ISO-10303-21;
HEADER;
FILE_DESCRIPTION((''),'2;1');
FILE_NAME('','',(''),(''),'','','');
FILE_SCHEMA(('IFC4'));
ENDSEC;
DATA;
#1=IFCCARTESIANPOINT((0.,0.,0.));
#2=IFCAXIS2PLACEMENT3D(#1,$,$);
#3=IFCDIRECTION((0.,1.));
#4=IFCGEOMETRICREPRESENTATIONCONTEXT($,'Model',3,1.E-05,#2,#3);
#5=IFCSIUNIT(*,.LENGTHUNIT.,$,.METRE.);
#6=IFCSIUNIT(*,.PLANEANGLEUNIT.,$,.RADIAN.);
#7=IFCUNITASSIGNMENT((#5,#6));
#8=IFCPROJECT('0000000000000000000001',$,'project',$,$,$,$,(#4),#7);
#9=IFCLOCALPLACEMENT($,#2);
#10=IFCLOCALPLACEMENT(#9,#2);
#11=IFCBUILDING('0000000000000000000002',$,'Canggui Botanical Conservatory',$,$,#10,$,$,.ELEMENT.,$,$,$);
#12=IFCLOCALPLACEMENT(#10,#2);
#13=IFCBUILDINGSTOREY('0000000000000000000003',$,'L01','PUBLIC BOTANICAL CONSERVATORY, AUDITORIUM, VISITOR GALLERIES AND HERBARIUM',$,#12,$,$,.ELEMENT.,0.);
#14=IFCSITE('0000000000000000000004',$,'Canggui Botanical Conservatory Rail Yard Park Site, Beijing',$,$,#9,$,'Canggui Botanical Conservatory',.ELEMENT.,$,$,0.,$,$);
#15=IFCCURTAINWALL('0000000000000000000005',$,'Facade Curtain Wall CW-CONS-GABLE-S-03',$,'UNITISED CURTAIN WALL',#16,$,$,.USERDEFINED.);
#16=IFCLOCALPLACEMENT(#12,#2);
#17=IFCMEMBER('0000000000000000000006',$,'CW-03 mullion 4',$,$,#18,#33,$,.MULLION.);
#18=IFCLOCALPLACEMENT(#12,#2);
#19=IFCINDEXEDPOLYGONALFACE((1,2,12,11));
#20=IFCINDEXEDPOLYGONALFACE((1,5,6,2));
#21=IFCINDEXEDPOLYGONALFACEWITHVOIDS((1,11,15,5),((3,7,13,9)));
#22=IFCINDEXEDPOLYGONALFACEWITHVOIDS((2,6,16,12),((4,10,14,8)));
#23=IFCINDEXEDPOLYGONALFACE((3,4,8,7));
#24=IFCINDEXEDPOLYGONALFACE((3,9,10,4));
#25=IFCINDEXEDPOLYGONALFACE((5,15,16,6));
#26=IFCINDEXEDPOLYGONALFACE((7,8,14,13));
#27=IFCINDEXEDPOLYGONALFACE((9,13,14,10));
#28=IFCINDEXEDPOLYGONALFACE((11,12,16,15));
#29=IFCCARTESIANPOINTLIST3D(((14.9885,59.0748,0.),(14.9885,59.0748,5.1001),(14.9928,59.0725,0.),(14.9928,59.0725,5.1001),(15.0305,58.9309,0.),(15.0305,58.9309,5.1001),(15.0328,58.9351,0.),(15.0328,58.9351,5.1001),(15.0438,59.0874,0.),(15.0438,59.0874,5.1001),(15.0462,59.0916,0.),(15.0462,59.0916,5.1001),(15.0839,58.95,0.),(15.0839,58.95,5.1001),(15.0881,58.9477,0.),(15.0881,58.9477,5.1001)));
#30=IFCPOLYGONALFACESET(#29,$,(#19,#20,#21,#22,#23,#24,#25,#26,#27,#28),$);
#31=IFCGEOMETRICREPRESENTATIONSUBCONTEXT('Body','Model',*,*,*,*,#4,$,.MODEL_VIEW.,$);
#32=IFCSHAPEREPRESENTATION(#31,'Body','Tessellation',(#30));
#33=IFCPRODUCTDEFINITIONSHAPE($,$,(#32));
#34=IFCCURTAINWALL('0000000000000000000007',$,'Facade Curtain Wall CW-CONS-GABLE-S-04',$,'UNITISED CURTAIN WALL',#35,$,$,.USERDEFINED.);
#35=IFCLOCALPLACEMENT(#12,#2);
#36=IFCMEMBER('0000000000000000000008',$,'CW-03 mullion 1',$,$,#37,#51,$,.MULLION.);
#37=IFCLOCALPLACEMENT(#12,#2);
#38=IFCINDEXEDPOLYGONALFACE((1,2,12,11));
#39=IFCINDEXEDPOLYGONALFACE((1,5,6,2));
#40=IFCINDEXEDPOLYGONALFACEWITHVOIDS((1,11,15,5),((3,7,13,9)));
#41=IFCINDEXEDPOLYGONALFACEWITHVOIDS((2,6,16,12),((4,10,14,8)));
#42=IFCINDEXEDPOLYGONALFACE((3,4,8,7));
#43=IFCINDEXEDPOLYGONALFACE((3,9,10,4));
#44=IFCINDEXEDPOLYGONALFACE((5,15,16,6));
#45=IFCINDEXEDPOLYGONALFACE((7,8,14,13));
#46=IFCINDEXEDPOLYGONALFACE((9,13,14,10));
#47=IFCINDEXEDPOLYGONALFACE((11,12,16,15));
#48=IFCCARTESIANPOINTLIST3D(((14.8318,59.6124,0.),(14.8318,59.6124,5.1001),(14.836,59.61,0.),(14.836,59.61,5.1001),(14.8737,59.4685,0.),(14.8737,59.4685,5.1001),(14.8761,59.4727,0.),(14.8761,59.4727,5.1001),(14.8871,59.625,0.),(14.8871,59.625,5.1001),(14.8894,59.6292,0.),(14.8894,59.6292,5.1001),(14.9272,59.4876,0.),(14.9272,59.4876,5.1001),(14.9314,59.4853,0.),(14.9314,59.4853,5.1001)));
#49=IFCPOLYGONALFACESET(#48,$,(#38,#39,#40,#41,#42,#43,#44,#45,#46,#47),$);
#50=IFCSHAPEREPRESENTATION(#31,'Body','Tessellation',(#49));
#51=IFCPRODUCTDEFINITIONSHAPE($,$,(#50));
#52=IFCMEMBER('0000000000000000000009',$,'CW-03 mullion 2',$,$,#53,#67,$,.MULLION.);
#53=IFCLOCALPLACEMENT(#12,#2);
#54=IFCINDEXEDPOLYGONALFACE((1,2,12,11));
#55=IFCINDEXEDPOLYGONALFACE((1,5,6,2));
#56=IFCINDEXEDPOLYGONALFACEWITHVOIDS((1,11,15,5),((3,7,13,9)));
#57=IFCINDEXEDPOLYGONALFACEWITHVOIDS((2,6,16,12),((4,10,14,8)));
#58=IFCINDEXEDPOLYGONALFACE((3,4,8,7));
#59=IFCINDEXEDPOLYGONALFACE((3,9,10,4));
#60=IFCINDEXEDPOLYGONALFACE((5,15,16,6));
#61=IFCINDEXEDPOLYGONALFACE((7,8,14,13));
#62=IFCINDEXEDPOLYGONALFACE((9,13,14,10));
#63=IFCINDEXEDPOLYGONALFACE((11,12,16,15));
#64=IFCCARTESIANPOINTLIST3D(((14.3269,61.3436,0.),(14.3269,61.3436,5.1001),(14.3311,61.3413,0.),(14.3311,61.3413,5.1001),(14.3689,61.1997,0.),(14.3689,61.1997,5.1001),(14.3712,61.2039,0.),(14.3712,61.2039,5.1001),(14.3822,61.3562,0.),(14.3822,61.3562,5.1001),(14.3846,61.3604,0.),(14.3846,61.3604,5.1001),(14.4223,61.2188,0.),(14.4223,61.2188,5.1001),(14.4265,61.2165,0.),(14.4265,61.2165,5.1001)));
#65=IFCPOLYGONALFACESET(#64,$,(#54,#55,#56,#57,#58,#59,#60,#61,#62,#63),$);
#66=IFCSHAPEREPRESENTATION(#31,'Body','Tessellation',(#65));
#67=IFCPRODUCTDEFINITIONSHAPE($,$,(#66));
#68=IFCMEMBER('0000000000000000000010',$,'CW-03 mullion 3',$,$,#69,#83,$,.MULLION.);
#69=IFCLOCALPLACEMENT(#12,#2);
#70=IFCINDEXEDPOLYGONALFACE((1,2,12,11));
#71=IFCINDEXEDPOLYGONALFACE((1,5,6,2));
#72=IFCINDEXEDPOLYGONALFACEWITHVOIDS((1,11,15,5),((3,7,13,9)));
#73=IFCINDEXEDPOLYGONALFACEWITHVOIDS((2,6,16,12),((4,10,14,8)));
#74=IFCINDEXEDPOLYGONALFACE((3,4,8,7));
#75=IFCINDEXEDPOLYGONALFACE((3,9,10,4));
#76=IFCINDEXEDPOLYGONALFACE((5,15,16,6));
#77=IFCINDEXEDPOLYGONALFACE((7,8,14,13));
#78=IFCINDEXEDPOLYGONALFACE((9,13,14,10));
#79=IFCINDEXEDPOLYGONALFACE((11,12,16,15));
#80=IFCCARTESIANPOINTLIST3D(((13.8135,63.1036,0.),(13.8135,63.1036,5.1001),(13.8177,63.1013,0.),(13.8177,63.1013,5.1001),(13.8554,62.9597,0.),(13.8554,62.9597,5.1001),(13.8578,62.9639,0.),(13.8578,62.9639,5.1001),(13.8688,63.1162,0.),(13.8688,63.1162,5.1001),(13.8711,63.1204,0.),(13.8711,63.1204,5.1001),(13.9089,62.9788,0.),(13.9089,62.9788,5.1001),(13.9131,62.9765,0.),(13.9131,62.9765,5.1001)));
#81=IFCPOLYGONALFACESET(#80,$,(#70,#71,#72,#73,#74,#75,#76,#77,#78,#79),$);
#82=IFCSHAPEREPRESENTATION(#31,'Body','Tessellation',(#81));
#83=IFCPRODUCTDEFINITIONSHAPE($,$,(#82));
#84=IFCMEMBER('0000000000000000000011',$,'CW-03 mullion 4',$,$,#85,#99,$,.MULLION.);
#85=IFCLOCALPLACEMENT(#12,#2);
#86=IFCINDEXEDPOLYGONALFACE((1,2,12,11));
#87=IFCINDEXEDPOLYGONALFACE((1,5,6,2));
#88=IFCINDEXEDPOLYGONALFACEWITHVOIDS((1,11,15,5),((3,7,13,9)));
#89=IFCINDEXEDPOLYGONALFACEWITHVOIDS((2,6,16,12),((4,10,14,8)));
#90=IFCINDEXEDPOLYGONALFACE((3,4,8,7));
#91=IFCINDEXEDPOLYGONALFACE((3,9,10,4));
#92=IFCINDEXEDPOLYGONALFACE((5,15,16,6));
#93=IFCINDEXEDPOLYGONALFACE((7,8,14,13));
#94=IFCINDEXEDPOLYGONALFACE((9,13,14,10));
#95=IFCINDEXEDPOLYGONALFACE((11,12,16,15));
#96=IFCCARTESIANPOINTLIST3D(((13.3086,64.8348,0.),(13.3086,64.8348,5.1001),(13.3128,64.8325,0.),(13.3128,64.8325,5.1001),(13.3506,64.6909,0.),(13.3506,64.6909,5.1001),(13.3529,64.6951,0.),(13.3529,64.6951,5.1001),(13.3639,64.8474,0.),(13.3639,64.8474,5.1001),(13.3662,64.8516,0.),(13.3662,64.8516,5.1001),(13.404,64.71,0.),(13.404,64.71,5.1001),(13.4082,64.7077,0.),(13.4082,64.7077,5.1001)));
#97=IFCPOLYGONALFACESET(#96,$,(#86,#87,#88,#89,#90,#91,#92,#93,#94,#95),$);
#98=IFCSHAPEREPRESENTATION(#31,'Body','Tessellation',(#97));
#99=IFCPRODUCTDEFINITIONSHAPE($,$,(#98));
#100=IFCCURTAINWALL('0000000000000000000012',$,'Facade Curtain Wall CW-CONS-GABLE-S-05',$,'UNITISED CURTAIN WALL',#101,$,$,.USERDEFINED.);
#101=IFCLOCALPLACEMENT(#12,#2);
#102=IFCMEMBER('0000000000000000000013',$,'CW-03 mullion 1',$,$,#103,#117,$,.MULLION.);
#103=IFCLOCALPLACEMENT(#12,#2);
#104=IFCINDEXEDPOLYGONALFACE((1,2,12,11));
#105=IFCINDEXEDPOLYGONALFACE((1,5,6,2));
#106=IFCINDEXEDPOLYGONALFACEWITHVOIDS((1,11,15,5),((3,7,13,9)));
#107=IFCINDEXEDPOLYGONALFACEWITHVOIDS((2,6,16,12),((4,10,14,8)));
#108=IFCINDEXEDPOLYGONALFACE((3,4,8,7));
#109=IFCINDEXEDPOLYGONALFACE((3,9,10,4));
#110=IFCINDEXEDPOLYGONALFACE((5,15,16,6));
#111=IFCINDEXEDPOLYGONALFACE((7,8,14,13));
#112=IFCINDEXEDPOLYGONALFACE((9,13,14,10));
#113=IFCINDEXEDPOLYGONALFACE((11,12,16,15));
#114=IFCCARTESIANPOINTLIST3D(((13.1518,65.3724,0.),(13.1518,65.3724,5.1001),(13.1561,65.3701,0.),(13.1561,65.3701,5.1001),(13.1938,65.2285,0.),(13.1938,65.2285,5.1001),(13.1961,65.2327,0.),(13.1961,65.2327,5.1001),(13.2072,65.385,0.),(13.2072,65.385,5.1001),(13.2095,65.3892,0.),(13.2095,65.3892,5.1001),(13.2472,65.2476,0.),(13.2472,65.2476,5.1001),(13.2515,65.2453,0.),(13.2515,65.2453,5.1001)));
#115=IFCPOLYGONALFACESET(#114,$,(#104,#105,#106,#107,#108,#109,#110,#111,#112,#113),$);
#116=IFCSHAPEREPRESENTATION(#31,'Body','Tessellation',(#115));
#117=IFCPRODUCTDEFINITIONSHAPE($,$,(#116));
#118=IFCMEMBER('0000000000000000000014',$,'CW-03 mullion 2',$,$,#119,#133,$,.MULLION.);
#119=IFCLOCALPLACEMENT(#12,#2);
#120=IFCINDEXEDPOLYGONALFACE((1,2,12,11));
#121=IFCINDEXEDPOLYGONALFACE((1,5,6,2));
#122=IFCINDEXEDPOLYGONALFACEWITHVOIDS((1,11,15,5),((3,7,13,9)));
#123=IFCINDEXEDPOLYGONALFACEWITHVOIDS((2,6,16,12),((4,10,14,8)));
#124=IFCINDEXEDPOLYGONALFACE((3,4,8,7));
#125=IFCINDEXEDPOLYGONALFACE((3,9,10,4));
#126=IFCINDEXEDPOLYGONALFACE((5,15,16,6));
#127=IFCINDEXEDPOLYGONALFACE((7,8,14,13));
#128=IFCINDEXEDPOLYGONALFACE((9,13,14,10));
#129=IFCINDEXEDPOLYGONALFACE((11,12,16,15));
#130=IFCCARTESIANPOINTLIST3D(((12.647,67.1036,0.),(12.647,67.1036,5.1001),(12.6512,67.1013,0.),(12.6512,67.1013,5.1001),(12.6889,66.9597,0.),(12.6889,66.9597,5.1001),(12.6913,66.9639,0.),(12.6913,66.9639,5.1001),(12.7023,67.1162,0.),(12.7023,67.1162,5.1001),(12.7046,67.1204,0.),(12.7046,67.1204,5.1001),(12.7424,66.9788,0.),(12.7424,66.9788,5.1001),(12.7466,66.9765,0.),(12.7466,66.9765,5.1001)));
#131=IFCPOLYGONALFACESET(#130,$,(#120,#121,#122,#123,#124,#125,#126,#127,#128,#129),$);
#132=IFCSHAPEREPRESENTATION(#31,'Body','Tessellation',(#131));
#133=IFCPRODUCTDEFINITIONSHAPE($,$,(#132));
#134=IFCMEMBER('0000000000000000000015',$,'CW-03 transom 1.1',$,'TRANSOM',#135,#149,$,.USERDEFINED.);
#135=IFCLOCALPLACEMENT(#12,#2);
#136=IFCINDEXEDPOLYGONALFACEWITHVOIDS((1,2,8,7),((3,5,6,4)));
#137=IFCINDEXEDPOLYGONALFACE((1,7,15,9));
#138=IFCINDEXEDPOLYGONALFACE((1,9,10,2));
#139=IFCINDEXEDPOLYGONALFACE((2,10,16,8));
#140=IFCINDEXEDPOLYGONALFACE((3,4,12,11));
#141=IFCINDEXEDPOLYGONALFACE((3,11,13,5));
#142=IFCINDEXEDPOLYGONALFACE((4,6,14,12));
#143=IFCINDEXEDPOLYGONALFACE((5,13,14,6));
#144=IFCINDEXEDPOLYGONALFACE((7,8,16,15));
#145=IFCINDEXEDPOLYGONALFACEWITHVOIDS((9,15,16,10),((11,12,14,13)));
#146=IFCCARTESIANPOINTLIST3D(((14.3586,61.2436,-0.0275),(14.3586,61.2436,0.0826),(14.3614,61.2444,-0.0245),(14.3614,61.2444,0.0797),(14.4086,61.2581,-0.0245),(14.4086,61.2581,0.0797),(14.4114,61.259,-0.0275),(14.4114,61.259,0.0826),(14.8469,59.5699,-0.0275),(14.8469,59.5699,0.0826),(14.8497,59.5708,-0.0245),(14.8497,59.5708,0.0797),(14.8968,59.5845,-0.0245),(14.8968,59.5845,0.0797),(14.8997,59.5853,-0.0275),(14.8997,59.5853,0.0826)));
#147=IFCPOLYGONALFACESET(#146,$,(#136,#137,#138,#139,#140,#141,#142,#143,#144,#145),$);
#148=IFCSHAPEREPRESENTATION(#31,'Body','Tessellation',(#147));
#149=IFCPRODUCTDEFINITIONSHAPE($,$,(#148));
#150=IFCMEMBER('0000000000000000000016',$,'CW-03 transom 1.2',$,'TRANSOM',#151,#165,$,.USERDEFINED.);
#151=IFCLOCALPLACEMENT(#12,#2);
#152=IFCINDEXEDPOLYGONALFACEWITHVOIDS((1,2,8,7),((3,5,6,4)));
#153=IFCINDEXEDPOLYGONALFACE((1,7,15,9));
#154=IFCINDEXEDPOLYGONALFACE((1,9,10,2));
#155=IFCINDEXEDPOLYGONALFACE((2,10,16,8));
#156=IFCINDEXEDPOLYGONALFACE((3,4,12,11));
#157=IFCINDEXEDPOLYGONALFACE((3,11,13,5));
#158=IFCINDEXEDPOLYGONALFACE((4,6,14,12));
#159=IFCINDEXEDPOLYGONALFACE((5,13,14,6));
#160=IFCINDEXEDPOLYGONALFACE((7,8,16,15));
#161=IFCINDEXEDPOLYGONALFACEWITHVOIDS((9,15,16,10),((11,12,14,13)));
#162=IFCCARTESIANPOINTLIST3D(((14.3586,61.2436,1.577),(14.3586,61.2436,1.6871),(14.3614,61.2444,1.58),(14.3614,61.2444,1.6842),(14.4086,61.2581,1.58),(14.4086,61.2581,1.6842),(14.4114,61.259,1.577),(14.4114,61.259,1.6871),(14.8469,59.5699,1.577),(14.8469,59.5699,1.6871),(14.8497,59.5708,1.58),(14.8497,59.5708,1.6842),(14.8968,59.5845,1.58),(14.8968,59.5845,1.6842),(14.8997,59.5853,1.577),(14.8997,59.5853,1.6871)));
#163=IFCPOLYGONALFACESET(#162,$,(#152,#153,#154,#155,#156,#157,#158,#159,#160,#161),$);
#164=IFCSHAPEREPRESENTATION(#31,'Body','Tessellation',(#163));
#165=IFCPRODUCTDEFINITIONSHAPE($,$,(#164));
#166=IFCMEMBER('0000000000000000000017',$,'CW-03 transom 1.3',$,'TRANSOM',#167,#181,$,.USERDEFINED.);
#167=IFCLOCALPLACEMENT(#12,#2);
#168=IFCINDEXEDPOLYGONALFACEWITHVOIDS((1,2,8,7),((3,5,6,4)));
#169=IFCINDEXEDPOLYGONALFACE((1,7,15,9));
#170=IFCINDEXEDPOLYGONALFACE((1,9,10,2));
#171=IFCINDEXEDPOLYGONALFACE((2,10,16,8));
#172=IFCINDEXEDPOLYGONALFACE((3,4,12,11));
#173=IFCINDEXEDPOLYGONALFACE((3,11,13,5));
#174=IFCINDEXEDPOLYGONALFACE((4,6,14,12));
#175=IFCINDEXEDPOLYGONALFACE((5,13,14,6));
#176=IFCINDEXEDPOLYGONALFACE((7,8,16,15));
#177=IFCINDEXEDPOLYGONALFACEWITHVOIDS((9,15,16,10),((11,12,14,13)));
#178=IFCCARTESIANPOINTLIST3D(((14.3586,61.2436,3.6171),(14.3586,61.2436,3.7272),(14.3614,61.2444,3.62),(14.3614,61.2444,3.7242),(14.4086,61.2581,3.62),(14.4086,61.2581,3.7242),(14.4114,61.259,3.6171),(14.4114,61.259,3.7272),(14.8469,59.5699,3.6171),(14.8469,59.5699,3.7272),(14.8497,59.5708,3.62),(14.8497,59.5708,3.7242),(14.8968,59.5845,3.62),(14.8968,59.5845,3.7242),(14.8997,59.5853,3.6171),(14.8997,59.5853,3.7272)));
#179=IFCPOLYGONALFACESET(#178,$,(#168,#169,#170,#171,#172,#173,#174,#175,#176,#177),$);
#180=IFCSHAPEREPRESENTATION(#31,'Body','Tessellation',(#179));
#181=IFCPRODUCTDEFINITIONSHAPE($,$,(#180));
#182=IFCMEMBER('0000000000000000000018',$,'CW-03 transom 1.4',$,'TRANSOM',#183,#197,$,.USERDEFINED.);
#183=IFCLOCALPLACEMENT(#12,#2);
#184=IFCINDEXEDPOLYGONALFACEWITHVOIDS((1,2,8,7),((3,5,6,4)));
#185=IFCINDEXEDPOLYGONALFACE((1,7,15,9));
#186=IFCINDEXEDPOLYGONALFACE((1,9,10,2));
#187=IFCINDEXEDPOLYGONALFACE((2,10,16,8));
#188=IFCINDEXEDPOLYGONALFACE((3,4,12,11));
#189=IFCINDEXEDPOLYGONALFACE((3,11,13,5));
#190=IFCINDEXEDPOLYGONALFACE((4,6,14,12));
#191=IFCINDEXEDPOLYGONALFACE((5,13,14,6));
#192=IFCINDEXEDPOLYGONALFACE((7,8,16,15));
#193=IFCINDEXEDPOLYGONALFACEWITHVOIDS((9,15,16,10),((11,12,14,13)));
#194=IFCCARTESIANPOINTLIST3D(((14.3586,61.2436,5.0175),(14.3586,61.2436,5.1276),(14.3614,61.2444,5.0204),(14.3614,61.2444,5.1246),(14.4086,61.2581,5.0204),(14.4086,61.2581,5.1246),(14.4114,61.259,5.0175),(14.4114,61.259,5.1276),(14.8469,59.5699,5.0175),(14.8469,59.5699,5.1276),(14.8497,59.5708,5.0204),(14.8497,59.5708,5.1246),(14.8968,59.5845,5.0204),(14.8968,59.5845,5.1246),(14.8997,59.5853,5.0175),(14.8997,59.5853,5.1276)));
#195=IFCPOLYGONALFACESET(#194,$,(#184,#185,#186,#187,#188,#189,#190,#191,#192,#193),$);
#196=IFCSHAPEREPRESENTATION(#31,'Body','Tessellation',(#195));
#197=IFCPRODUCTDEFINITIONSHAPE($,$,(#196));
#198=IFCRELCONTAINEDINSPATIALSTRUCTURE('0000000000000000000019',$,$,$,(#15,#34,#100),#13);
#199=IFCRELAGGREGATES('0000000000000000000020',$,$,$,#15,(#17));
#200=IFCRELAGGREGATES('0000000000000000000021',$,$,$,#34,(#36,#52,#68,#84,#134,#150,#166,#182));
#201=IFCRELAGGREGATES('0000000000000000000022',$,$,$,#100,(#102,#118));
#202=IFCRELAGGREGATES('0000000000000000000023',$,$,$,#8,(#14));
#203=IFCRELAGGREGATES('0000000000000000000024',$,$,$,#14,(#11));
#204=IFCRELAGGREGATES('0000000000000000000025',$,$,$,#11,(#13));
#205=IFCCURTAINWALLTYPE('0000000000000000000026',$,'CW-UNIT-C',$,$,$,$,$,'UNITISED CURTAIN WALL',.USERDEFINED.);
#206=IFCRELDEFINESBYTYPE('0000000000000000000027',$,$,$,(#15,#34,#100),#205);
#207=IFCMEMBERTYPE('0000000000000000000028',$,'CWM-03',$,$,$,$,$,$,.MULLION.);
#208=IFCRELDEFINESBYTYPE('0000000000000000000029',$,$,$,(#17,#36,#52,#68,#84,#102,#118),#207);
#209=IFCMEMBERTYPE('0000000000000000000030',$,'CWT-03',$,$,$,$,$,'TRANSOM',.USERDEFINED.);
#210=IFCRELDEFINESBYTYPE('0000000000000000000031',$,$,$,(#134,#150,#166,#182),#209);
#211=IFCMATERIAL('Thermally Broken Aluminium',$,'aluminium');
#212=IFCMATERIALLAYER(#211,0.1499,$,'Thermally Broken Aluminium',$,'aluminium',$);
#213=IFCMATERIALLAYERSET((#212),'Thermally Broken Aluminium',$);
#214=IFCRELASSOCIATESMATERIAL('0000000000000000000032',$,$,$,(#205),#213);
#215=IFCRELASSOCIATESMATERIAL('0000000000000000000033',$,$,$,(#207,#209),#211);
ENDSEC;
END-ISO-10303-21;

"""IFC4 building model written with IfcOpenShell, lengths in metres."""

from ifc_helpers import new_model, si_unit, direction, frame, origin, origin_2d, place, context, subcontext, project, spatial, hollow_rectangle, extrude, material, layer, layer_set, material_profile, profile_set, type_object, element, aggregate, save


model = new_model("IFC4")

# Units and contexts
model_context = context("Model", 3, precision=1e-05, world=origin(), true_north=direction((0.0, 1.0)))
body_context = subcontext(model_context, "Body", "Model", "MODEL_VIEW")
ifc_project = project(units=[si_unit("LENGTHUNIT", "METRE"), si_unit("PLANEANGLEUNIT", "RADIAN")], contexts=[model_context])

# Site, building, storey
site_placement = place(None, origin())
site = spatial("IfcSite", under=ifc_project, at=site_placement, Name="Canggui Botanical Conservatory Rail Yard Park Site, Beijing", LongName="Canggui Botanical Conservatory", CompositionType="ELEMENT", RefElevation=0.0)
building_placement = place(site_placement, origin())
building = spatial("IfcBuilding", under=site, at=building_placement, Name="Canggui Botanical Conservatory", CompositionType="ELEMENT")
storey_placement = place(building_placement, origin())
storey = spatial("IfcBuildingStorey", under=building, at=storey_placement, Name="L01", Description="PUBLIC BOTANICAL CONSERVATORY, AUDITORIUM, VISITOR GALLERIES AND HERBARIUM", CompositionType="ELEMENT", Elevation=0.0)

# Curtain wall, member
ifc_material_1 = material(Name="Thermally Broken Aluminium", Category="aluminium")
ifc_layer_1 = layer(ifc_material_1, 0.1499, Name="Thermally Broken Aluminium", Category="aluminium")
ifc_layer_set_1 = layer_set([ifc_layer_1], Name="Thermally Broken Aluminium")
curtain_wall_type = type_object("IfcCurtainWallType", Name="CW-UNIT-C", ElementType="UNITISED CURTAIN WALL", PredefinedType="USERDEFINED", material=ifc_layer_set_1)
curtain_wall_1_placement = place(storey_placement, origin())
curtain_wall_1 = element("IfcCurtainWall", 1, at=curtain_wall_1_placement, inside=storey, type_object=curtain_wall_type, Name="Facade Curtain Wall CW-CONS-GABLE-S-03", ObjectType="UNITISED CURTAIN WALL", PredefinedType="USERDEFINED")
ifc_material_profile_1 = material_profile(ifc_material_1, hollow_rectangle(XDim=0.0601, YDim=0.1499, WallThickness=0.0034, at=origin_2d()), Name="CWM 60x150x3.5")
ifc_profile_set_1 = profile_set([ifc_material_profile_1], Name="Thermally Broken Aluminium")
member_type_1 = type_object("IfcMemberType", Name="CWM-03", PredefinedType="MULLION", material=ifc_profile_set_1)
member_1_placement = place(storey_placement, frame((15.0383, 59.0112, 0.0), z_axis=(0.0, 0.0, 1.0), x_axis=(-0.96, -0.28, 0.0)))
member_1 = element("IfcMember", 2, at=member_1_placement, type_object=member_type_1, Name="CW-03 mullion 4", PredefinedType="MULLION", context=body_context, shape_type="SweptSolid", body=[
    extrude(hollow_rectangle(XDim=0.0601, YDim=0.1499, WallThickness=0.0034, at=origin_2d()), origin(), (0.0, 0.0, 1.0), 5.1001),
])
aggregate(curtain_wall_1, [member_1])

# Curtain walls, members
curtain_wall_2_placement = place(storey_placement, origin())
curtain_wall_2 = element("IfcCurtainWall", 3, at=curtain_wall_2_placement, inside=storey, type_object=curtain_wall_type, Name="Facade Curtain Wall CW-CONS-GABLE-S-04", ObjectType="UNITISED CURTAIN WALL", PredefinedType="USERDEFINED")
member_2_placement = place(storey_placement, frame((14.8816, 59.5488, 0.0), z_axis=(0.0, 0.0, 1.0), x_axis=(-0.96, -0.28, 0.0)))
member_2 = element("IfcMember", 4, at=member_2_placement, type_object=member_type_1, Name="CW-03 mullion 1", PredefinedType="MULLION", context=body_context, shape_type="SweptSolid", body=[
    extrude(hollow_rectangle(XDim=0.0601, YDim=0.1499, WallThickness=0.0034, at=origin_2d()), origin(), (0.0, 0.0, 1.0), 5.1001),
])
member_3_placement = place(storey_placement, frame((14.3767, 61.28, 0.0), z_axis=(0.0, 0.0, 1.0), x_axis=(-0.96, -0.28, 0.0)))
member_3 = element("IfcMember", 5, at=member_3_placement, type_object=member_type_1, Name="CW-03 mullion 2", PredefinedType="MULLION", context=body_context, shape_type="SweptSolid", body=[
    extrude(hollow_rectangle(XDim=0.0601, YDim=0.1499, WallThickness=0.0034, at=origin_2d()), origin(), (0.0, 0.0, 1.0), 5.1001),
])
member_4_placement = place(storey_placement, frame((13.8633, 63.04, 0.0), z_axis=(0.0, 0.0, 1.0), x_axis=(-0.96, -0.28, 0.0)))
member_4 = element("IfcMember", 6, at=member_4_placement, type_object=member_type_1, Name="CW-03 mullion 3", PredefinedType="MULLION", context=body_context, shape_type="SweptSolid", body=[
    extrude(hollow_rectangle(XDim=0.0601, YDim=0.1499, WallThickness=0.0034, at=origin_2d()), origin(), (0.0, 0.0, 1.0), 5.1001),
])
member_5_placement = place(storey_placement, frame((13.3584, 64.7712, 0.0), z_axis=(0.0, 0.0, 1.0), x_axis=(-0.96, -0.28, 0.0)))
member_5 = element("IfcMember", 7, at=member_5_placement, type_object=member_type_1, Name="CW-03 mullion 4", PredefinedType="MULLION", context=body_context, shape_type="SweptSolid", body=[
    extrude(hollow_rectangle(XDim=0.0601, YDim=0.1499, WallThickness=0.0034, at=origin_2d()), origin(), (0.0, 0.0, 1.0), 5.1001),
])
curtain_wall_3_placement = place(storey_placement, origin())
curtain_wall_3 = element("IfcCurtainWall", 8, at=curtain_wall_3_placement, inside=storey, type_object=curtain_wall_type, Name="Facade Curtain Wall CW-CONS-GABLE-S-05", ObjectType="UNITISED CURTAIN WALL", PredefinedType="USERDEFINED")
member_6_placement = place(storey_placement, frame((13.2017, 65.3088, 0.0), z_axis=(0.0, 0.0, 1.0), x_axis=(-0.96, -0.28, 0.0)))
member_6 = element("IfcMember", 9, at=member_6_placement, type_object=member_type_1, Name="CW-03 mullion 1", PredefinedType="MULLION", context=body_context, shape_type="SweptSolid", body=[
    extrude(hollow_rectangle(XDim=0.0601, YDim=0.1499, WallThickness=0.0034, at=origin_2d()), origin(), (0.0, 0.0, 1.0), 5.1001),
])
member_7_placement = place(storey_placement, frame((12.6968, 67.04, 0.0), z_axis=(0.0, 0.0, 1.0), x_axis=(-0.96, -0.28, 0.0)))
member_7 = element("IfcMember", 10, at=member_7_placement, type_object=member_type_1, Name="CW-03 mullion 2", PredefinedType="MULLION", context=body_context, shape_type="SweptSolid", body=[
    extrude(hollow_rectangle(XDim=0.0601, YDim=0.1499, WallThickness=0.0034, at=origin_2d()), origin(), (0.0, 0.0, 1.0), 5.1001),
])

# Members
ifc_material_profile_2 = material_profile(ifc_material_1, hollow_rectangle(XDim=0.0549, YDim=0.1101, WallThickness=0.0029, at=origin_2d()), Name="CWT 55x110x3")
ifc_profile_set_2 = profile_set([ifc_material_profile_2], Name="Thermally Broken Aluminium")
member_type_2 = type_object("IfcMemberType", Name="CWT-03", ElementType="TRANSOM", PredefinedType="USERDEFINED", material=ifc_profile_set_2)
member_8_placement = place(storey_placement, frame((14.8733, 59.5776, 0.0276), z_axis=(-0.280081, 0.959976, 0.0), x_axis=(-0.959976, -0.280081, 0.0)))
member_8 = element("IfcMember", 11, at=member_8_placement, type_object=member_type_2, Name="CW-03 transom 1.1", ObjectType="TRANSOM", PredefinedType="USERDEFINED", context=body_context, shape_type="SweptSolid", body=[
    extrude(hollow_rectangle(XDim=0.0549, YDim=0.1101, WallThickness=0.0029, at=origin_2d()), origin(), (0.0, 0.0, 1.0), 1.7434),
])
member_9_placement = place(storey_placement, frame((14.8733, 59.5776, 1.6321), z_axis=(-0.280081, 0.959976, 0.0), x_axis=(-0.959976, -0.280081, 0.0)))
member_9 = element("IfcMember", 12, at=member_9_placement, type_object=member_type_2, Name="CW-03 transom 1.2", ObjectType="TRANSOM", PredefinedType="USERDEFINED", context=body_context, shape_type="SweptSolid", body=[
    extrude(hollow_rectangle(XDim=0.0549, YDim=0.1101, WallThickness=0.0029, at=origin_2d()), origin(), (0.0, 0.0, 1.0), 1.7434),
])
member_10_placement = place(storey_placement, frame((14.8733, 59.5776, 3.6721), z_axis=(-0.280081, 0.959976, 0.0), x_axis=(-0.959976, -0.280081, 0.0)))
member_10 = element("IfcMember", 13, at=member_10_placement, type_object=member_type_2, Name="CW-03 transom 1.3", ObjectType="TRANSOM", PredefinedType="USERDEFINED", context=body_context, shape_type="SweptSolid", body=[
    extrude(hollow_rectangle(XDim=0.0549, YDim=0.1101, WallThickness=0.0029, at=origin_2d()), origin(), (0.0, 0.0, 1.0), 1.7434),
])
member_11_placement = place(storey_placement, frame((14.8733, 59.5776, 5.0725), z_axis=(-0.280081, 0.959976, 0.0), x_axis=(-0.959976, -0.280081, 0.0)))
member_11 = element("IfcMember", 14, at=member_11_placement, type_object=member_type_2, Name="CW-03 transom 1.4", ObjectType="TRANSOM", PredefinedType="USERDEFINED", context=body_context, shape_type="SweptSolid", body=[
    extrude(hollow_rectangle(XDim=0.0549, YDim=0.1101, WallThickness=0.0029, at=origin_2d()), origin(), (0.0, 0.0, 1.0), 1.7434),
])

aggregate(curtain_wall_2, [member_2, member_3, member_4, member_5, member_8, member_9, member_10, member_11])
aggregate(curtain_wall_3, [member_6, member_7])

save(model, "model.ifc")
